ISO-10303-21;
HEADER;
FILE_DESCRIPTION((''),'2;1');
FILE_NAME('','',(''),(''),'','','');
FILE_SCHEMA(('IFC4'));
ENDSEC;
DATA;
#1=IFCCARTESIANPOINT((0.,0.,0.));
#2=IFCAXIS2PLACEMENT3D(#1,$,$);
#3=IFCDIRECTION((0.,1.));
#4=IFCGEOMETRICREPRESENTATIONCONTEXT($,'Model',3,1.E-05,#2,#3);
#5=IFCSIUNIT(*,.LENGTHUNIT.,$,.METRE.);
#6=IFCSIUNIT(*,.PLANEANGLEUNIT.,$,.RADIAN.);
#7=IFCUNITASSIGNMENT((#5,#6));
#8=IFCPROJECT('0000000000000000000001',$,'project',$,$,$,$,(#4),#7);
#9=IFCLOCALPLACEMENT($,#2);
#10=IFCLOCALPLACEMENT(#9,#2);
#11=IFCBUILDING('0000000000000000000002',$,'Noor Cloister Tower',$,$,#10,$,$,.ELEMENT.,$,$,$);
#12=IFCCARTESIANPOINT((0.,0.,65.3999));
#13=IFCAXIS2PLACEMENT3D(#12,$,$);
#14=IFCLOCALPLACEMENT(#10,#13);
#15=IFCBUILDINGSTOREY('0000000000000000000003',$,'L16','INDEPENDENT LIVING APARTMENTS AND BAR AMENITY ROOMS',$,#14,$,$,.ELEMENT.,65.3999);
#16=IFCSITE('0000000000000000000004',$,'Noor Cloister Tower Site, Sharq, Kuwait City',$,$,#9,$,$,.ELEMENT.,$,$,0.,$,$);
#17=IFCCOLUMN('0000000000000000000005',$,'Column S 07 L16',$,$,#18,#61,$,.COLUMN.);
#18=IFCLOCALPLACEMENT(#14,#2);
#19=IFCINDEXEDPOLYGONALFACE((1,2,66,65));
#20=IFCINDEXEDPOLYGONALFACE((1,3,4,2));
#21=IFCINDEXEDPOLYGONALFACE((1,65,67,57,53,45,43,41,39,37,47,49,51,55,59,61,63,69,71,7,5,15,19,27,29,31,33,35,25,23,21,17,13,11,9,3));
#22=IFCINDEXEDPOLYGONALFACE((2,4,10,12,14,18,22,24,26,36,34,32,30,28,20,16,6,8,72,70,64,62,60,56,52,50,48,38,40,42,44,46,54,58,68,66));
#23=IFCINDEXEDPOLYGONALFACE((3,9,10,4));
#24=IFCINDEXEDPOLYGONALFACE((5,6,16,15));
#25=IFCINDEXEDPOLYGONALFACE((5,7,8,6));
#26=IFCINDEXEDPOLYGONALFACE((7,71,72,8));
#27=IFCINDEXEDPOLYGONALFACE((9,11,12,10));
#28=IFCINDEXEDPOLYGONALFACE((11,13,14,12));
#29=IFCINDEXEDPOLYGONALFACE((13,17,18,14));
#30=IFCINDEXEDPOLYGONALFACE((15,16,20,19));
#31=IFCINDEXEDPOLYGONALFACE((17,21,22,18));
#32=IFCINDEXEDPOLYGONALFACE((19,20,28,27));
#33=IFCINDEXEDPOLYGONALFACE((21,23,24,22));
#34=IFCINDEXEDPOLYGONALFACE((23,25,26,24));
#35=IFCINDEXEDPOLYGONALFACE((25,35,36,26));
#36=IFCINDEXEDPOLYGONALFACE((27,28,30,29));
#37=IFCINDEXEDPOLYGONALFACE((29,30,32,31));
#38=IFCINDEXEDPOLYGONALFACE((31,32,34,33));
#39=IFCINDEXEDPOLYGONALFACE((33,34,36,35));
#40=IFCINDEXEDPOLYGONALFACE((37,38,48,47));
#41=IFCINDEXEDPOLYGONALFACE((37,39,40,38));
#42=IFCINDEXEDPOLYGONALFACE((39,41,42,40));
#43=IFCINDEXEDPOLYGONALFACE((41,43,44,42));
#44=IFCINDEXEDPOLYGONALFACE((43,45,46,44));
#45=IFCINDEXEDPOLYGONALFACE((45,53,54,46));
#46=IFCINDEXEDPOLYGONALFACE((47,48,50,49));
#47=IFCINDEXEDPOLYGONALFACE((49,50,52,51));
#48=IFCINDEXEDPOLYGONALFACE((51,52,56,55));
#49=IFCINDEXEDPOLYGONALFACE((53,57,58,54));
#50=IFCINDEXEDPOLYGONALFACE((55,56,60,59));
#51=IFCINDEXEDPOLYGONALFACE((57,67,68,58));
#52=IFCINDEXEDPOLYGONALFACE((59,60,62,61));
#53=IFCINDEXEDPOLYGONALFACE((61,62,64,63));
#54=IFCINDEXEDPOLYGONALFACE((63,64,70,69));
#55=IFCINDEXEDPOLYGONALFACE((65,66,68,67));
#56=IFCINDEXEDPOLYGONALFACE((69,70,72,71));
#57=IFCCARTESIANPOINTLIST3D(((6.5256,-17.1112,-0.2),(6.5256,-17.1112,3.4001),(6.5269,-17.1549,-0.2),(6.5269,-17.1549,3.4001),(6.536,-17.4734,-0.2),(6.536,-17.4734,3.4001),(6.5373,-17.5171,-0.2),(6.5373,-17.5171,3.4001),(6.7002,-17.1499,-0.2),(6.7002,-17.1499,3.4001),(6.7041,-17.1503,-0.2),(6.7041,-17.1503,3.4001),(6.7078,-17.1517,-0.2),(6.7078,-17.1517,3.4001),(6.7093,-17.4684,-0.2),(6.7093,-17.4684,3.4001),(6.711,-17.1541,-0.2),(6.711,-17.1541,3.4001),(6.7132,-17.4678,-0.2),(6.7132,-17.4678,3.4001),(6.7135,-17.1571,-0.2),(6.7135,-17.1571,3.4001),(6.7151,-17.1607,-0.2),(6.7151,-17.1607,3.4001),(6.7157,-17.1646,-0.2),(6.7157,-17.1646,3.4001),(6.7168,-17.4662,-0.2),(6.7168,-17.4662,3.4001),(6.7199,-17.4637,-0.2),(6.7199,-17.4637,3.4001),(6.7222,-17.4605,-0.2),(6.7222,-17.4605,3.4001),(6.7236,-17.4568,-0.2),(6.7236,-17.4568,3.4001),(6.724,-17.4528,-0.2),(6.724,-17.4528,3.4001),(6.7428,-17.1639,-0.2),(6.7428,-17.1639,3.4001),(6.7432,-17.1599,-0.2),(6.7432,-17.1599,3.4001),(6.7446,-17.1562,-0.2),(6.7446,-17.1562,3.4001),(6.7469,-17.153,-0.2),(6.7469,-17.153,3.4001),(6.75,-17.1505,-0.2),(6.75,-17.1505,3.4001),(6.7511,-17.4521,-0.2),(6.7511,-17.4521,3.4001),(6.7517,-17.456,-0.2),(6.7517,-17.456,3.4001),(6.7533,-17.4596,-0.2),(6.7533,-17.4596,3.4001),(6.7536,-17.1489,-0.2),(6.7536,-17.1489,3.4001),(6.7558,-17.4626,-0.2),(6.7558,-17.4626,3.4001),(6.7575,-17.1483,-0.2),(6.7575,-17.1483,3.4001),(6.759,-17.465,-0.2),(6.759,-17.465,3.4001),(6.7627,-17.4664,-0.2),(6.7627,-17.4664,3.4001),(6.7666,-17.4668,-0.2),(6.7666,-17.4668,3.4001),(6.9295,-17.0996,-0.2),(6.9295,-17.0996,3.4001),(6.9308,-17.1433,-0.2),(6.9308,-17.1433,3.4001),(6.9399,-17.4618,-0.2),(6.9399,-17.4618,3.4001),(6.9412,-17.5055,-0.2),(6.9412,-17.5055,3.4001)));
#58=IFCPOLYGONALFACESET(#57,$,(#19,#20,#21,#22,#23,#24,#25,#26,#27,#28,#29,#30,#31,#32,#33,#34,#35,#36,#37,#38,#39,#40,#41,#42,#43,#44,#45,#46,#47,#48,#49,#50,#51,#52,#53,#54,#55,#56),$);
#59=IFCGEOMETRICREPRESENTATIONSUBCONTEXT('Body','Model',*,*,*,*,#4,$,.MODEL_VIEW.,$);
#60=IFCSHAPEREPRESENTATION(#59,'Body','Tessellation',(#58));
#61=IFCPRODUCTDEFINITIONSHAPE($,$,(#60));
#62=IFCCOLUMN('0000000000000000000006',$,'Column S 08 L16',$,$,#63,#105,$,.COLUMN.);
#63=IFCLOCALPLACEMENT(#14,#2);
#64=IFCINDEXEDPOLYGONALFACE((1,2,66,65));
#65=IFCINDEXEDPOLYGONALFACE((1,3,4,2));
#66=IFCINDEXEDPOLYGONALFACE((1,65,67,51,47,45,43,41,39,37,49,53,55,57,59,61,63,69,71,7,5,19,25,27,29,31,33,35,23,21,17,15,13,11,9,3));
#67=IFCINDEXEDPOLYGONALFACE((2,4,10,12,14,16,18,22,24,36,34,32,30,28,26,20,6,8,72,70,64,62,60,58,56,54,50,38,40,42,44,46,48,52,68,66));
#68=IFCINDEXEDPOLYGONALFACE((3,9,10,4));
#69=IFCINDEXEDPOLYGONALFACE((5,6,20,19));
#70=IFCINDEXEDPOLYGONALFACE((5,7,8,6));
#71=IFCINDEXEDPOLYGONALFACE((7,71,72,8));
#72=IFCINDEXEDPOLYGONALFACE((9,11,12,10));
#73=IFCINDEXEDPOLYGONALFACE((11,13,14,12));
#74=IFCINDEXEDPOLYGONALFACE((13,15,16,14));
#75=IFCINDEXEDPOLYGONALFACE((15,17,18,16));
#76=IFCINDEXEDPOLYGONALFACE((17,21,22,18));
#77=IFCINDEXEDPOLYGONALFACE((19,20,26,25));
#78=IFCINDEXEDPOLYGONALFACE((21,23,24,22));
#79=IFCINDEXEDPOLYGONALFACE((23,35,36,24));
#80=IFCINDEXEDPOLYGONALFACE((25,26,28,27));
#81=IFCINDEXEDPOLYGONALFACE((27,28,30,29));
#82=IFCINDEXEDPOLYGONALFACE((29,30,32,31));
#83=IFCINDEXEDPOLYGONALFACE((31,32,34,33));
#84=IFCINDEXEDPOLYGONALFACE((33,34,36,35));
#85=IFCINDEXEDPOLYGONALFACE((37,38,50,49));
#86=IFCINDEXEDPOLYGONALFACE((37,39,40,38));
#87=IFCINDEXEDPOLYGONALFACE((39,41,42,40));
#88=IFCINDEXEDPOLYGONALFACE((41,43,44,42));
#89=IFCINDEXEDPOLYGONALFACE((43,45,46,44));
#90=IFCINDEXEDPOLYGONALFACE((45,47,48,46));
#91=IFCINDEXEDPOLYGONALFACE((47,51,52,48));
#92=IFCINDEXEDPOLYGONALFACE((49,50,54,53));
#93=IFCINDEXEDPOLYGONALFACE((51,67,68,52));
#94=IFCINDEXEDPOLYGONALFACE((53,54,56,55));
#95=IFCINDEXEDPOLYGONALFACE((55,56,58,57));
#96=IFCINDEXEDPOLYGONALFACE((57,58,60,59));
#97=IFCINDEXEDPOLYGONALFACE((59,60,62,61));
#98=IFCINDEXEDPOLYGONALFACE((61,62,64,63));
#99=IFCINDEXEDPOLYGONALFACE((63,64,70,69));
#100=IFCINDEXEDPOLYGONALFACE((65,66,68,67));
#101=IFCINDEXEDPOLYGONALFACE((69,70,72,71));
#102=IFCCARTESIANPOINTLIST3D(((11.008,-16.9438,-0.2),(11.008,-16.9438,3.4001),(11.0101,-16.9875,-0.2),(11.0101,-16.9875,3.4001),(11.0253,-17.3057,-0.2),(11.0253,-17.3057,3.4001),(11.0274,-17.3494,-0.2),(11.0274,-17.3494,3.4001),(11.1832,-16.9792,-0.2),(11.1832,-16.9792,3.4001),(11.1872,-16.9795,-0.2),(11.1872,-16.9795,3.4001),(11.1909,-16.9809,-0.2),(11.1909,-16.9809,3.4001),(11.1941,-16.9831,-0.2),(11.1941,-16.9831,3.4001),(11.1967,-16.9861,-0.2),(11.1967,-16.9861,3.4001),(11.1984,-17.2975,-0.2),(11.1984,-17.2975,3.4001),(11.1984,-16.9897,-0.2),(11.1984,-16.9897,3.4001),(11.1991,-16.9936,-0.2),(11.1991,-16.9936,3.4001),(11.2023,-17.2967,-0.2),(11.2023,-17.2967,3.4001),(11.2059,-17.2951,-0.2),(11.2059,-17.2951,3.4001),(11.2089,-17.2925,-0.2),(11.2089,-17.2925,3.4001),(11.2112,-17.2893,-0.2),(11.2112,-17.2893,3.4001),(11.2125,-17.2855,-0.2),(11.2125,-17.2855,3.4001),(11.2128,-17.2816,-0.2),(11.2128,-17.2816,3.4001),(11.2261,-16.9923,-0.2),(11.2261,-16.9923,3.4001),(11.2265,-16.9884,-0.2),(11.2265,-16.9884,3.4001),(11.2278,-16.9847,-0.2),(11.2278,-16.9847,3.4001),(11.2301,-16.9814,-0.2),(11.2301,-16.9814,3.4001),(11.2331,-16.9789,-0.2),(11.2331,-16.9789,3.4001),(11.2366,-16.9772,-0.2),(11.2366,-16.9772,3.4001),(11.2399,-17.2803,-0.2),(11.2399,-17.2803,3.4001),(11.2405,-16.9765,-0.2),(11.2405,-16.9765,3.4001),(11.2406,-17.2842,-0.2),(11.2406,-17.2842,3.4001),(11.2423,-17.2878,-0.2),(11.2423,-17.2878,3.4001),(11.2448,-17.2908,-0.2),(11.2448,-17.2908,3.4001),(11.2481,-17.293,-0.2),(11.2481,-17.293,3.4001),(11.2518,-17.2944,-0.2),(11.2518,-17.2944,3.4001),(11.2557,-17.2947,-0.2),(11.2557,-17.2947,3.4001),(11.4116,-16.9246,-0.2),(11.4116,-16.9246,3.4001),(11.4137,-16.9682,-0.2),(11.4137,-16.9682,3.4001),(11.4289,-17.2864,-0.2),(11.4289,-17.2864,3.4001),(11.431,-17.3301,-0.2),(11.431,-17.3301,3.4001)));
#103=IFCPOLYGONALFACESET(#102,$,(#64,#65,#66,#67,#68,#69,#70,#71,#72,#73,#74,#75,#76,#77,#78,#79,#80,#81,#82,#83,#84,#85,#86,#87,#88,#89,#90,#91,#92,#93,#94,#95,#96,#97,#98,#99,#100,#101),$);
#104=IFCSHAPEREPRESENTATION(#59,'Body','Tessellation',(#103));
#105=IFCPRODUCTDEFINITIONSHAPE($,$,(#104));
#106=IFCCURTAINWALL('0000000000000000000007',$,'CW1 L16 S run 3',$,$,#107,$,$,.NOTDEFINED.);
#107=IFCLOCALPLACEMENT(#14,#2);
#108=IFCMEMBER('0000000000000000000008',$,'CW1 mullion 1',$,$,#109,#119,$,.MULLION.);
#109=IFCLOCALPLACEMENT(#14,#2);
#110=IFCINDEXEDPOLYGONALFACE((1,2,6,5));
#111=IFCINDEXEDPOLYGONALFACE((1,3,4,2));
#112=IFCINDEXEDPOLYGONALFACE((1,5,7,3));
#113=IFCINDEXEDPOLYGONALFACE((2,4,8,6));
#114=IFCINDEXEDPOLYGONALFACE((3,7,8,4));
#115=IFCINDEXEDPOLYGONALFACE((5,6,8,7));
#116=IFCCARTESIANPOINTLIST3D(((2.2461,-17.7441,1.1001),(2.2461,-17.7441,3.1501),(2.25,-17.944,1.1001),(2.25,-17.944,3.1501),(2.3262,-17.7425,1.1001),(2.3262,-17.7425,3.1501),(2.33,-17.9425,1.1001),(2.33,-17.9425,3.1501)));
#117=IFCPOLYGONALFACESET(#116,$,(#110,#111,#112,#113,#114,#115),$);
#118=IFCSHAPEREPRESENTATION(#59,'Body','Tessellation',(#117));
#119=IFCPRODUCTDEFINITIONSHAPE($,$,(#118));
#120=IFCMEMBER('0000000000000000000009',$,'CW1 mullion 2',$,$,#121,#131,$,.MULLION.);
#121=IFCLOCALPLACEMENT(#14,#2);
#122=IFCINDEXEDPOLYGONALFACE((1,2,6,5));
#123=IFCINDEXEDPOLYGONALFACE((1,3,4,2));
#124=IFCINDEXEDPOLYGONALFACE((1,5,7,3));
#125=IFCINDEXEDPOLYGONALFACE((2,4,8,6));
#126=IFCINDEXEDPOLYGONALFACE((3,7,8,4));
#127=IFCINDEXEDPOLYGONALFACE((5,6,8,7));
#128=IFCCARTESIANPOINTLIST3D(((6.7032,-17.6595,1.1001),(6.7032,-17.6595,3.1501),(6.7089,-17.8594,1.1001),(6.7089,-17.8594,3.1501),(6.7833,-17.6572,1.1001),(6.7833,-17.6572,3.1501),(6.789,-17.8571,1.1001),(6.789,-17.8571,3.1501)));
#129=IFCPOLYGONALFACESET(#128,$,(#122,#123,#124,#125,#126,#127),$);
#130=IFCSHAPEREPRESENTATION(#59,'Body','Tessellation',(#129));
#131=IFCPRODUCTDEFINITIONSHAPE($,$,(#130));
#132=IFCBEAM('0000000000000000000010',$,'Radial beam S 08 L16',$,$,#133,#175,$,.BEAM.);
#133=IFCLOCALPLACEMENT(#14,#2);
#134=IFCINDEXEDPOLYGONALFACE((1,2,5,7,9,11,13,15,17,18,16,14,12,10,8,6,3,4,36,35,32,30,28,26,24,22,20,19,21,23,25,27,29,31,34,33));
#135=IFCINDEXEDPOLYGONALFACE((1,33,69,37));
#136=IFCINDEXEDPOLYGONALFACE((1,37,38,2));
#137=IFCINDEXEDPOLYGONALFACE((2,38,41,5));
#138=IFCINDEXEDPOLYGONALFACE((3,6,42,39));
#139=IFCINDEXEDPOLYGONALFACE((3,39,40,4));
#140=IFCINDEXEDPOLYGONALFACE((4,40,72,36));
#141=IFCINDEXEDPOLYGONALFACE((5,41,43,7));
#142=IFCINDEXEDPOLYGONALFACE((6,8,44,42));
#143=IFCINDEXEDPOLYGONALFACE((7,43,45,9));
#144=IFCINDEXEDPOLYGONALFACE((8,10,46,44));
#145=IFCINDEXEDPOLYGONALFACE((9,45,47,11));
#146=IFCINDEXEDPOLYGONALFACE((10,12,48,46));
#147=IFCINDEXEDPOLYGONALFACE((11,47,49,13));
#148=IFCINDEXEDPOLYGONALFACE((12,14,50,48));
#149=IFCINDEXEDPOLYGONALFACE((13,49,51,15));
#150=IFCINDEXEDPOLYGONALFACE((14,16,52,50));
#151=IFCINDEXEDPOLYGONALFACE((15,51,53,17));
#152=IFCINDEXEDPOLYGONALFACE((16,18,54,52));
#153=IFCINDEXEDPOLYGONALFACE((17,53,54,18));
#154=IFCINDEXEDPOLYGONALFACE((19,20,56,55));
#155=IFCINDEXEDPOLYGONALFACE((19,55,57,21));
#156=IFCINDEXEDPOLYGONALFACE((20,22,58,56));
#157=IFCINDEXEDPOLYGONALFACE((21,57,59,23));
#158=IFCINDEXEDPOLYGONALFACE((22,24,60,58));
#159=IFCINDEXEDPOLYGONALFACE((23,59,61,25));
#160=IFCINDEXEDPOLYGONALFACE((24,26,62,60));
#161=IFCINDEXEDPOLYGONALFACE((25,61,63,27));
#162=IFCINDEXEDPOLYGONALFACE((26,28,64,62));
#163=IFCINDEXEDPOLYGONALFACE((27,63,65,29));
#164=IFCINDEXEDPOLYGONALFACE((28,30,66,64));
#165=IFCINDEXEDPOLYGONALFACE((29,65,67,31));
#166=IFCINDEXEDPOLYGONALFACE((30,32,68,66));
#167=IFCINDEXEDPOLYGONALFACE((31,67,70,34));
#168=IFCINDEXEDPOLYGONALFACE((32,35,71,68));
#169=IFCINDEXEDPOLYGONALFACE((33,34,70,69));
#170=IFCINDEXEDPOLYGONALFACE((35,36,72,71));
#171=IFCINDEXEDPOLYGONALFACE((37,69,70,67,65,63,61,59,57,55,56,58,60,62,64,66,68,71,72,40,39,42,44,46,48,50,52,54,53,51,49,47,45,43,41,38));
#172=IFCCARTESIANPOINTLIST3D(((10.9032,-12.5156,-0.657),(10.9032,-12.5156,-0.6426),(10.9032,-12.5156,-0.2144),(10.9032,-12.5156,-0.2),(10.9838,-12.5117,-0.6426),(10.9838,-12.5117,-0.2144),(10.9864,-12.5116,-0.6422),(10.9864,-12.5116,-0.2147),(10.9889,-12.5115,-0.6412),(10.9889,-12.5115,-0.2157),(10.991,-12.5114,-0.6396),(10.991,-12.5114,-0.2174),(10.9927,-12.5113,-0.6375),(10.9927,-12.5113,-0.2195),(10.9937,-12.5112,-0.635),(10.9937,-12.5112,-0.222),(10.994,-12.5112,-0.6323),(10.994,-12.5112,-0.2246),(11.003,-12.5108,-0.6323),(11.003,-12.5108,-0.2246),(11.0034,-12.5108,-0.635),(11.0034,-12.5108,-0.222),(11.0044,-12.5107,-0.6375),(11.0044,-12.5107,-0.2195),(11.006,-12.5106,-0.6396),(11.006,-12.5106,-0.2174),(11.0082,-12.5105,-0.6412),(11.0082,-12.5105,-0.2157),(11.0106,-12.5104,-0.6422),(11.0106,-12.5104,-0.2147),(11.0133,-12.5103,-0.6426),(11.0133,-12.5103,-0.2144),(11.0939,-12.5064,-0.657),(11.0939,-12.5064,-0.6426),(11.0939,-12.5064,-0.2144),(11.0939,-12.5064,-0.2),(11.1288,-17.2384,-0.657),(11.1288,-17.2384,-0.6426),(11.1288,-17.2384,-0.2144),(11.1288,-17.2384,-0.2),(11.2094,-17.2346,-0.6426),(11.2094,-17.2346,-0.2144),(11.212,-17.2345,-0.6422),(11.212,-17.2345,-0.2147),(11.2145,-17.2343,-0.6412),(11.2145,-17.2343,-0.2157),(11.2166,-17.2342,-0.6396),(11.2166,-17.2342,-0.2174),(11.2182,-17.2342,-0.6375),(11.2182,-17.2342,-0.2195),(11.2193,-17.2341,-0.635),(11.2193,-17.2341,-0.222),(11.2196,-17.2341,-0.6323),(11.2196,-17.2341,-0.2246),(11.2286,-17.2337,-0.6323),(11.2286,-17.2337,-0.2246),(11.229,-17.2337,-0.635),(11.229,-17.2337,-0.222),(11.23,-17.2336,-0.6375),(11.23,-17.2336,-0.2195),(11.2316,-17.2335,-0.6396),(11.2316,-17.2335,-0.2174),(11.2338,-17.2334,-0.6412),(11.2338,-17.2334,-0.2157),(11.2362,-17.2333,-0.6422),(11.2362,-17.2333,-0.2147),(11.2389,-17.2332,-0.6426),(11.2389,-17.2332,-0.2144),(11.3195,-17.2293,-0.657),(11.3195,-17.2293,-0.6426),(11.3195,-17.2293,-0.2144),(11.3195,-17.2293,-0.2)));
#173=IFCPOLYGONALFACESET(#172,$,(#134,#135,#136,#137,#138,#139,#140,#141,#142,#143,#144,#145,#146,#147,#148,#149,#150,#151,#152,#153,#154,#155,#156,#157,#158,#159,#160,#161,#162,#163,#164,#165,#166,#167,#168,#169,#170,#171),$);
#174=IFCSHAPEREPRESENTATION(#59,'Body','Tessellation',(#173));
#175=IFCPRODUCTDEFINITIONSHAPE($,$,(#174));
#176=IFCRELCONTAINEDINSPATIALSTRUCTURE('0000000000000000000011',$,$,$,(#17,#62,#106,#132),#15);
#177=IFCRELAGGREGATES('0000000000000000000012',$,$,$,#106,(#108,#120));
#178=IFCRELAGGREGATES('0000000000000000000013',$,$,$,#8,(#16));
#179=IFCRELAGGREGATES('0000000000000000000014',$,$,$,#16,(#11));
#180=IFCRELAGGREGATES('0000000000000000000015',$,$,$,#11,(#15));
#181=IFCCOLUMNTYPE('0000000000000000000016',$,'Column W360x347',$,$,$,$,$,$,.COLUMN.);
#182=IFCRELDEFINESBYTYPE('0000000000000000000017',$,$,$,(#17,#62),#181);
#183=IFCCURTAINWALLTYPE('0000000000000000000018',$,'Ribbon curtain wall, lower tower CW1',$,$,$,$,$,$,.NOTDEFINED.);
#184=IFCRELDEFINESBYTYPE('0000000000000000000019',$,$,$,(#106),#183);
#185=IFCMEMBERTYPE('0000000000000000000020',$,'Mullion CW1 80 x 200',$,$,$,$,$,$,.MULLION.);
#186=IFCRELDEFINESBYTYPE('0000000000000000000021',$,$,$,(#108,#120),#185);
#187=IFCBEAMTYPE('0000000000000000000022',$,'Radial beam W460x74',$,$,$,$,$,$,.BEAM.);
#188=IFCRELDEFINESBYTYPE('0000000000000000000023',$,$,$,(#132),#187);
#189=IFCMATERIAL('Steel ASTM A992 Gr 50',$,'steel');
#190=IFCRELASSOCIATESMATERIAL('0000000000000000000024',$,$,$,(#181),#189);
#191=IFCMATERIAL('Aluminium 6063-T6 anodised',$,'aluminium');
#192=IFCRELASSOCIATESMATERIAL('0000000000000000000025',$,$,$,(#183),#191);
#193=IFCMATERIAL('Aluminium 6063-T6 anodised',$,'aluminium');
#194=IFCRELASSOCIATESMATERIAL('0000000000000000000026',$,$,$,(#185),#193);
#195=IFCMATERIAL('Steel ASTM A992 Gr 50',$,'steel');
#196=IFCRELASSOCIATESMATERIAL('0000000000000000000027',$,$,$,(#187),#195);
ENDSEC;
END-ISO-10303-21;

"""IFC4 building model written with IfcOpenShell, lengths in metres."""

from ifc_helpers import new_model, si_unit, direction, frame, origin, origin_2d, place, context, subcontext, project, spatial, rectangle, i_section, extrude, material, material_profile, profile_set, type_object, element, aggregate, save


model = new_model("IFC4")

# Units and contexts
model_context = context("Model", 3, precision=1e-05, world=origin(), true_north=direction((0.0, 1.0)))
body_context = subcontext(model_context, "Body", "Model", "MODEL_VIEW")
ifc_project = project(units=[si_unit("LENGTHUNIT", "METRE"), si_unit("PLANEANGLEUNIT", "RADIAN")], contexts=[model_context])

# Site, building, storey
site_placement = place(None, origin())
site = spatial("IfcSite", under=ifc_project, at=site_placement, Name="Noor Cloister Tower Site, Sharq, Kuwait City", CompositionType="ELEMENT", RefElevation=0.0)
building_placement = place(site_placement, origin())
building = spatial("IfcBuilding", under=site, at=building_placement, Name="Noor Cloister Tower", CompositionType="ELEMENT")
storey_placement = place(building_placement, frame((0.0, 0.0, 65.3999)))
storey = spatial("IfcBuildingStorey", under=building, at=storey_placement, Name="L16", Description="INDEPENDENT LIVING APARTMENTS AND BAR AMENITY ROOMS", CompositionType="ELEMENT", Elevation=65.3999)

# Columns
ifc_material_1 = material(Name="Steel ASTM A992 Gr 50", Category="steel")
ifc_material_profile_1 = material_profile(ifc_material_1, i_section(OverallWidth=0.4041, OverallDepth=0.406, WebThickness=0.0271, FlangeThickness=0.0437, FilletRadius=0.0151, at=origin_2d()), Name="W360x347")
ifc_profile_set_1 = profile_set([ifc_material_profile_1], Name="Steel ASTM A992 Gr 50")
column_type = type_object("IfcColumnType", Name="Column W360x347", PredefinedType="COLUMN", material=ifc_profile_set_1)
for number, where, z_axis, x_axis, name in (
    (1, (6.7334, -17.3083, -0.2), (0.0, 0.0, 1.0), (0.99959, 0.028641, 0.0), "Column S 07 L16"),
    (2, (11.2195, -17.137, -0.2), (0.0, 0.0, 1.0), (0.998861, 0.047723, 0.0), "Column S 08 L16"),
):
    element("IfcColumn", number, at=place(storey_placement, frame(where, z_axis=z_axis, x_axis=x_axis)), inside=storey, type_object=column_type, Name=name, PredefinedType="COLUMN", context=body_context, shape_type="SweptSolid", body=[
        extrude(i_section(OverallWidth=0.4041, OverallDepth=0.406, WebThickness=0.0271, FlangeThickness=0.0437, FilletRadius=0.0151, at=origin_2d()), origin(), (0.0, 0.0, 1.0), 3.6001),
    ])

# Curtain wall, members
ifc_material_2 = material(Name="Aluminium 6063-T6 anodised", Category="aluminium")
curtain_wall_type = type_object("IfcCurtainWallType", Name="Ribbon curtain wall, lower tower CW1", PredefinedType="NOTDEFINED", material=ifc_material_2)
curtain_wall_placement = place(storey_placement, origin())
curtain_wall = element("IfcCurtainWall", 3, at=curtain_wall_placement, inside=storey, type_object=curtain_wall_type, Name="CW1 L16 S run 3", PredefinedType="NOTDEFINED")
ifc_material_3 = material(Name="Aluminium 6063-T6 anodised", Category="aluminium")
ifc_material_profile_2 = material_profile(ifc_material_3, rectangle(XDim=0.2, YDim=0.0801, at=origin_2d()), Name="200 x 80 mullion")
ifc_profile_set_2 = profile_set([ifc_material_profile_2], Name="Aluminium 6063-T6 anodised")
member_type = type_object("IfcMemberType", Name="Mullion CW1 80 x 200", PredefinedType="MULLION", material=ifc_profile_set_2)
member_1_placement = place(storey_placement, frame((2.2881, -17.8433, 1.1001), z_axis=(0.0, 0.0, 1.0), x_axis=(-0.019095, 0.999818, 0.0)))
member_1 = element("IfcMember", 4, at=member_1_placement, type_object=member_type, Name="CW1 mullion 1", PredefinedType="MULLION", context=body_context, shape_type="SweptSolid", body=[
    extrude(rectangle(XDim=0.2, YDim=0.0801, at=origin_2d()), origin(), (0.0, 0.0, 1.0), 2.05),
])
member_2_placement = place(storey_placement, frame((6.7461, -17.7583, 1.1001), z_axis=(0.0, 0.0, 1.0), x_axis=(-0.028641, 0.99959, 0.0)))
member_2 = element("IfcMember", 5, at=member_2_placement, type_object=member_type, Name="CW1 mullion 2", PredefinedType="MULLION", context=body_context, shape_type="SweptSolid", body=[
    extrude(rectangle(XDim=0.2, YDim=0.0801, at=origin_2d()), origin(), (0.0, 0.0, 1.0), 2.05),
])

# Beam
ifc_material_4 = material(Name="Steel ASTM A992 Gr 50", Category="steel")
ifc_material_profile_3 = material_profile(ifc_material_4, i_section(OverallWidth=0.1909, OverallDepth=0.457, WebThickness=0.009, FlangeThickness=0.0144, FilletRadius=0.0103, at=origin_2d()), Name="W460x74")
ifc_profile_set_3 = profile_set([ifc_material_profile_3], Name="Steel ASTM A992 Gr 50")
beam_type_1 = type_object("IfcBeamType", Name="Radial beam W460x74", PredefinedType="BEAM", material=ifc_profile_set_3)
beam_1_placement = place(storey_placement, frame((11.2241, -17.2339, -0.4285), z_axis=(-0.04771, 0.998861, 0.0), x_axis=(-0.998861, -0.04771, 0.0)))
element("IfcBeam", 6, at=beam_1_placement, inside=storey, type_object=beam_type_1, Name="Radial beam S 08 L16", PredefinedType="BEAM", context=body_context, shape_type="SweptSolid", body=[
    extrude(i_section(OverallWidth=0.1909, OverallDepth=0.457, WebThickness=0.009, FlangeThickness=0.0144, FilletRadius=0.0103, at=origin_2d()), origin(), (0.0, 0.0, 1.0), 4.7283),
])

aggregate(curtain_wall, [member_1, member_2])

save(model, "model.ifc")
